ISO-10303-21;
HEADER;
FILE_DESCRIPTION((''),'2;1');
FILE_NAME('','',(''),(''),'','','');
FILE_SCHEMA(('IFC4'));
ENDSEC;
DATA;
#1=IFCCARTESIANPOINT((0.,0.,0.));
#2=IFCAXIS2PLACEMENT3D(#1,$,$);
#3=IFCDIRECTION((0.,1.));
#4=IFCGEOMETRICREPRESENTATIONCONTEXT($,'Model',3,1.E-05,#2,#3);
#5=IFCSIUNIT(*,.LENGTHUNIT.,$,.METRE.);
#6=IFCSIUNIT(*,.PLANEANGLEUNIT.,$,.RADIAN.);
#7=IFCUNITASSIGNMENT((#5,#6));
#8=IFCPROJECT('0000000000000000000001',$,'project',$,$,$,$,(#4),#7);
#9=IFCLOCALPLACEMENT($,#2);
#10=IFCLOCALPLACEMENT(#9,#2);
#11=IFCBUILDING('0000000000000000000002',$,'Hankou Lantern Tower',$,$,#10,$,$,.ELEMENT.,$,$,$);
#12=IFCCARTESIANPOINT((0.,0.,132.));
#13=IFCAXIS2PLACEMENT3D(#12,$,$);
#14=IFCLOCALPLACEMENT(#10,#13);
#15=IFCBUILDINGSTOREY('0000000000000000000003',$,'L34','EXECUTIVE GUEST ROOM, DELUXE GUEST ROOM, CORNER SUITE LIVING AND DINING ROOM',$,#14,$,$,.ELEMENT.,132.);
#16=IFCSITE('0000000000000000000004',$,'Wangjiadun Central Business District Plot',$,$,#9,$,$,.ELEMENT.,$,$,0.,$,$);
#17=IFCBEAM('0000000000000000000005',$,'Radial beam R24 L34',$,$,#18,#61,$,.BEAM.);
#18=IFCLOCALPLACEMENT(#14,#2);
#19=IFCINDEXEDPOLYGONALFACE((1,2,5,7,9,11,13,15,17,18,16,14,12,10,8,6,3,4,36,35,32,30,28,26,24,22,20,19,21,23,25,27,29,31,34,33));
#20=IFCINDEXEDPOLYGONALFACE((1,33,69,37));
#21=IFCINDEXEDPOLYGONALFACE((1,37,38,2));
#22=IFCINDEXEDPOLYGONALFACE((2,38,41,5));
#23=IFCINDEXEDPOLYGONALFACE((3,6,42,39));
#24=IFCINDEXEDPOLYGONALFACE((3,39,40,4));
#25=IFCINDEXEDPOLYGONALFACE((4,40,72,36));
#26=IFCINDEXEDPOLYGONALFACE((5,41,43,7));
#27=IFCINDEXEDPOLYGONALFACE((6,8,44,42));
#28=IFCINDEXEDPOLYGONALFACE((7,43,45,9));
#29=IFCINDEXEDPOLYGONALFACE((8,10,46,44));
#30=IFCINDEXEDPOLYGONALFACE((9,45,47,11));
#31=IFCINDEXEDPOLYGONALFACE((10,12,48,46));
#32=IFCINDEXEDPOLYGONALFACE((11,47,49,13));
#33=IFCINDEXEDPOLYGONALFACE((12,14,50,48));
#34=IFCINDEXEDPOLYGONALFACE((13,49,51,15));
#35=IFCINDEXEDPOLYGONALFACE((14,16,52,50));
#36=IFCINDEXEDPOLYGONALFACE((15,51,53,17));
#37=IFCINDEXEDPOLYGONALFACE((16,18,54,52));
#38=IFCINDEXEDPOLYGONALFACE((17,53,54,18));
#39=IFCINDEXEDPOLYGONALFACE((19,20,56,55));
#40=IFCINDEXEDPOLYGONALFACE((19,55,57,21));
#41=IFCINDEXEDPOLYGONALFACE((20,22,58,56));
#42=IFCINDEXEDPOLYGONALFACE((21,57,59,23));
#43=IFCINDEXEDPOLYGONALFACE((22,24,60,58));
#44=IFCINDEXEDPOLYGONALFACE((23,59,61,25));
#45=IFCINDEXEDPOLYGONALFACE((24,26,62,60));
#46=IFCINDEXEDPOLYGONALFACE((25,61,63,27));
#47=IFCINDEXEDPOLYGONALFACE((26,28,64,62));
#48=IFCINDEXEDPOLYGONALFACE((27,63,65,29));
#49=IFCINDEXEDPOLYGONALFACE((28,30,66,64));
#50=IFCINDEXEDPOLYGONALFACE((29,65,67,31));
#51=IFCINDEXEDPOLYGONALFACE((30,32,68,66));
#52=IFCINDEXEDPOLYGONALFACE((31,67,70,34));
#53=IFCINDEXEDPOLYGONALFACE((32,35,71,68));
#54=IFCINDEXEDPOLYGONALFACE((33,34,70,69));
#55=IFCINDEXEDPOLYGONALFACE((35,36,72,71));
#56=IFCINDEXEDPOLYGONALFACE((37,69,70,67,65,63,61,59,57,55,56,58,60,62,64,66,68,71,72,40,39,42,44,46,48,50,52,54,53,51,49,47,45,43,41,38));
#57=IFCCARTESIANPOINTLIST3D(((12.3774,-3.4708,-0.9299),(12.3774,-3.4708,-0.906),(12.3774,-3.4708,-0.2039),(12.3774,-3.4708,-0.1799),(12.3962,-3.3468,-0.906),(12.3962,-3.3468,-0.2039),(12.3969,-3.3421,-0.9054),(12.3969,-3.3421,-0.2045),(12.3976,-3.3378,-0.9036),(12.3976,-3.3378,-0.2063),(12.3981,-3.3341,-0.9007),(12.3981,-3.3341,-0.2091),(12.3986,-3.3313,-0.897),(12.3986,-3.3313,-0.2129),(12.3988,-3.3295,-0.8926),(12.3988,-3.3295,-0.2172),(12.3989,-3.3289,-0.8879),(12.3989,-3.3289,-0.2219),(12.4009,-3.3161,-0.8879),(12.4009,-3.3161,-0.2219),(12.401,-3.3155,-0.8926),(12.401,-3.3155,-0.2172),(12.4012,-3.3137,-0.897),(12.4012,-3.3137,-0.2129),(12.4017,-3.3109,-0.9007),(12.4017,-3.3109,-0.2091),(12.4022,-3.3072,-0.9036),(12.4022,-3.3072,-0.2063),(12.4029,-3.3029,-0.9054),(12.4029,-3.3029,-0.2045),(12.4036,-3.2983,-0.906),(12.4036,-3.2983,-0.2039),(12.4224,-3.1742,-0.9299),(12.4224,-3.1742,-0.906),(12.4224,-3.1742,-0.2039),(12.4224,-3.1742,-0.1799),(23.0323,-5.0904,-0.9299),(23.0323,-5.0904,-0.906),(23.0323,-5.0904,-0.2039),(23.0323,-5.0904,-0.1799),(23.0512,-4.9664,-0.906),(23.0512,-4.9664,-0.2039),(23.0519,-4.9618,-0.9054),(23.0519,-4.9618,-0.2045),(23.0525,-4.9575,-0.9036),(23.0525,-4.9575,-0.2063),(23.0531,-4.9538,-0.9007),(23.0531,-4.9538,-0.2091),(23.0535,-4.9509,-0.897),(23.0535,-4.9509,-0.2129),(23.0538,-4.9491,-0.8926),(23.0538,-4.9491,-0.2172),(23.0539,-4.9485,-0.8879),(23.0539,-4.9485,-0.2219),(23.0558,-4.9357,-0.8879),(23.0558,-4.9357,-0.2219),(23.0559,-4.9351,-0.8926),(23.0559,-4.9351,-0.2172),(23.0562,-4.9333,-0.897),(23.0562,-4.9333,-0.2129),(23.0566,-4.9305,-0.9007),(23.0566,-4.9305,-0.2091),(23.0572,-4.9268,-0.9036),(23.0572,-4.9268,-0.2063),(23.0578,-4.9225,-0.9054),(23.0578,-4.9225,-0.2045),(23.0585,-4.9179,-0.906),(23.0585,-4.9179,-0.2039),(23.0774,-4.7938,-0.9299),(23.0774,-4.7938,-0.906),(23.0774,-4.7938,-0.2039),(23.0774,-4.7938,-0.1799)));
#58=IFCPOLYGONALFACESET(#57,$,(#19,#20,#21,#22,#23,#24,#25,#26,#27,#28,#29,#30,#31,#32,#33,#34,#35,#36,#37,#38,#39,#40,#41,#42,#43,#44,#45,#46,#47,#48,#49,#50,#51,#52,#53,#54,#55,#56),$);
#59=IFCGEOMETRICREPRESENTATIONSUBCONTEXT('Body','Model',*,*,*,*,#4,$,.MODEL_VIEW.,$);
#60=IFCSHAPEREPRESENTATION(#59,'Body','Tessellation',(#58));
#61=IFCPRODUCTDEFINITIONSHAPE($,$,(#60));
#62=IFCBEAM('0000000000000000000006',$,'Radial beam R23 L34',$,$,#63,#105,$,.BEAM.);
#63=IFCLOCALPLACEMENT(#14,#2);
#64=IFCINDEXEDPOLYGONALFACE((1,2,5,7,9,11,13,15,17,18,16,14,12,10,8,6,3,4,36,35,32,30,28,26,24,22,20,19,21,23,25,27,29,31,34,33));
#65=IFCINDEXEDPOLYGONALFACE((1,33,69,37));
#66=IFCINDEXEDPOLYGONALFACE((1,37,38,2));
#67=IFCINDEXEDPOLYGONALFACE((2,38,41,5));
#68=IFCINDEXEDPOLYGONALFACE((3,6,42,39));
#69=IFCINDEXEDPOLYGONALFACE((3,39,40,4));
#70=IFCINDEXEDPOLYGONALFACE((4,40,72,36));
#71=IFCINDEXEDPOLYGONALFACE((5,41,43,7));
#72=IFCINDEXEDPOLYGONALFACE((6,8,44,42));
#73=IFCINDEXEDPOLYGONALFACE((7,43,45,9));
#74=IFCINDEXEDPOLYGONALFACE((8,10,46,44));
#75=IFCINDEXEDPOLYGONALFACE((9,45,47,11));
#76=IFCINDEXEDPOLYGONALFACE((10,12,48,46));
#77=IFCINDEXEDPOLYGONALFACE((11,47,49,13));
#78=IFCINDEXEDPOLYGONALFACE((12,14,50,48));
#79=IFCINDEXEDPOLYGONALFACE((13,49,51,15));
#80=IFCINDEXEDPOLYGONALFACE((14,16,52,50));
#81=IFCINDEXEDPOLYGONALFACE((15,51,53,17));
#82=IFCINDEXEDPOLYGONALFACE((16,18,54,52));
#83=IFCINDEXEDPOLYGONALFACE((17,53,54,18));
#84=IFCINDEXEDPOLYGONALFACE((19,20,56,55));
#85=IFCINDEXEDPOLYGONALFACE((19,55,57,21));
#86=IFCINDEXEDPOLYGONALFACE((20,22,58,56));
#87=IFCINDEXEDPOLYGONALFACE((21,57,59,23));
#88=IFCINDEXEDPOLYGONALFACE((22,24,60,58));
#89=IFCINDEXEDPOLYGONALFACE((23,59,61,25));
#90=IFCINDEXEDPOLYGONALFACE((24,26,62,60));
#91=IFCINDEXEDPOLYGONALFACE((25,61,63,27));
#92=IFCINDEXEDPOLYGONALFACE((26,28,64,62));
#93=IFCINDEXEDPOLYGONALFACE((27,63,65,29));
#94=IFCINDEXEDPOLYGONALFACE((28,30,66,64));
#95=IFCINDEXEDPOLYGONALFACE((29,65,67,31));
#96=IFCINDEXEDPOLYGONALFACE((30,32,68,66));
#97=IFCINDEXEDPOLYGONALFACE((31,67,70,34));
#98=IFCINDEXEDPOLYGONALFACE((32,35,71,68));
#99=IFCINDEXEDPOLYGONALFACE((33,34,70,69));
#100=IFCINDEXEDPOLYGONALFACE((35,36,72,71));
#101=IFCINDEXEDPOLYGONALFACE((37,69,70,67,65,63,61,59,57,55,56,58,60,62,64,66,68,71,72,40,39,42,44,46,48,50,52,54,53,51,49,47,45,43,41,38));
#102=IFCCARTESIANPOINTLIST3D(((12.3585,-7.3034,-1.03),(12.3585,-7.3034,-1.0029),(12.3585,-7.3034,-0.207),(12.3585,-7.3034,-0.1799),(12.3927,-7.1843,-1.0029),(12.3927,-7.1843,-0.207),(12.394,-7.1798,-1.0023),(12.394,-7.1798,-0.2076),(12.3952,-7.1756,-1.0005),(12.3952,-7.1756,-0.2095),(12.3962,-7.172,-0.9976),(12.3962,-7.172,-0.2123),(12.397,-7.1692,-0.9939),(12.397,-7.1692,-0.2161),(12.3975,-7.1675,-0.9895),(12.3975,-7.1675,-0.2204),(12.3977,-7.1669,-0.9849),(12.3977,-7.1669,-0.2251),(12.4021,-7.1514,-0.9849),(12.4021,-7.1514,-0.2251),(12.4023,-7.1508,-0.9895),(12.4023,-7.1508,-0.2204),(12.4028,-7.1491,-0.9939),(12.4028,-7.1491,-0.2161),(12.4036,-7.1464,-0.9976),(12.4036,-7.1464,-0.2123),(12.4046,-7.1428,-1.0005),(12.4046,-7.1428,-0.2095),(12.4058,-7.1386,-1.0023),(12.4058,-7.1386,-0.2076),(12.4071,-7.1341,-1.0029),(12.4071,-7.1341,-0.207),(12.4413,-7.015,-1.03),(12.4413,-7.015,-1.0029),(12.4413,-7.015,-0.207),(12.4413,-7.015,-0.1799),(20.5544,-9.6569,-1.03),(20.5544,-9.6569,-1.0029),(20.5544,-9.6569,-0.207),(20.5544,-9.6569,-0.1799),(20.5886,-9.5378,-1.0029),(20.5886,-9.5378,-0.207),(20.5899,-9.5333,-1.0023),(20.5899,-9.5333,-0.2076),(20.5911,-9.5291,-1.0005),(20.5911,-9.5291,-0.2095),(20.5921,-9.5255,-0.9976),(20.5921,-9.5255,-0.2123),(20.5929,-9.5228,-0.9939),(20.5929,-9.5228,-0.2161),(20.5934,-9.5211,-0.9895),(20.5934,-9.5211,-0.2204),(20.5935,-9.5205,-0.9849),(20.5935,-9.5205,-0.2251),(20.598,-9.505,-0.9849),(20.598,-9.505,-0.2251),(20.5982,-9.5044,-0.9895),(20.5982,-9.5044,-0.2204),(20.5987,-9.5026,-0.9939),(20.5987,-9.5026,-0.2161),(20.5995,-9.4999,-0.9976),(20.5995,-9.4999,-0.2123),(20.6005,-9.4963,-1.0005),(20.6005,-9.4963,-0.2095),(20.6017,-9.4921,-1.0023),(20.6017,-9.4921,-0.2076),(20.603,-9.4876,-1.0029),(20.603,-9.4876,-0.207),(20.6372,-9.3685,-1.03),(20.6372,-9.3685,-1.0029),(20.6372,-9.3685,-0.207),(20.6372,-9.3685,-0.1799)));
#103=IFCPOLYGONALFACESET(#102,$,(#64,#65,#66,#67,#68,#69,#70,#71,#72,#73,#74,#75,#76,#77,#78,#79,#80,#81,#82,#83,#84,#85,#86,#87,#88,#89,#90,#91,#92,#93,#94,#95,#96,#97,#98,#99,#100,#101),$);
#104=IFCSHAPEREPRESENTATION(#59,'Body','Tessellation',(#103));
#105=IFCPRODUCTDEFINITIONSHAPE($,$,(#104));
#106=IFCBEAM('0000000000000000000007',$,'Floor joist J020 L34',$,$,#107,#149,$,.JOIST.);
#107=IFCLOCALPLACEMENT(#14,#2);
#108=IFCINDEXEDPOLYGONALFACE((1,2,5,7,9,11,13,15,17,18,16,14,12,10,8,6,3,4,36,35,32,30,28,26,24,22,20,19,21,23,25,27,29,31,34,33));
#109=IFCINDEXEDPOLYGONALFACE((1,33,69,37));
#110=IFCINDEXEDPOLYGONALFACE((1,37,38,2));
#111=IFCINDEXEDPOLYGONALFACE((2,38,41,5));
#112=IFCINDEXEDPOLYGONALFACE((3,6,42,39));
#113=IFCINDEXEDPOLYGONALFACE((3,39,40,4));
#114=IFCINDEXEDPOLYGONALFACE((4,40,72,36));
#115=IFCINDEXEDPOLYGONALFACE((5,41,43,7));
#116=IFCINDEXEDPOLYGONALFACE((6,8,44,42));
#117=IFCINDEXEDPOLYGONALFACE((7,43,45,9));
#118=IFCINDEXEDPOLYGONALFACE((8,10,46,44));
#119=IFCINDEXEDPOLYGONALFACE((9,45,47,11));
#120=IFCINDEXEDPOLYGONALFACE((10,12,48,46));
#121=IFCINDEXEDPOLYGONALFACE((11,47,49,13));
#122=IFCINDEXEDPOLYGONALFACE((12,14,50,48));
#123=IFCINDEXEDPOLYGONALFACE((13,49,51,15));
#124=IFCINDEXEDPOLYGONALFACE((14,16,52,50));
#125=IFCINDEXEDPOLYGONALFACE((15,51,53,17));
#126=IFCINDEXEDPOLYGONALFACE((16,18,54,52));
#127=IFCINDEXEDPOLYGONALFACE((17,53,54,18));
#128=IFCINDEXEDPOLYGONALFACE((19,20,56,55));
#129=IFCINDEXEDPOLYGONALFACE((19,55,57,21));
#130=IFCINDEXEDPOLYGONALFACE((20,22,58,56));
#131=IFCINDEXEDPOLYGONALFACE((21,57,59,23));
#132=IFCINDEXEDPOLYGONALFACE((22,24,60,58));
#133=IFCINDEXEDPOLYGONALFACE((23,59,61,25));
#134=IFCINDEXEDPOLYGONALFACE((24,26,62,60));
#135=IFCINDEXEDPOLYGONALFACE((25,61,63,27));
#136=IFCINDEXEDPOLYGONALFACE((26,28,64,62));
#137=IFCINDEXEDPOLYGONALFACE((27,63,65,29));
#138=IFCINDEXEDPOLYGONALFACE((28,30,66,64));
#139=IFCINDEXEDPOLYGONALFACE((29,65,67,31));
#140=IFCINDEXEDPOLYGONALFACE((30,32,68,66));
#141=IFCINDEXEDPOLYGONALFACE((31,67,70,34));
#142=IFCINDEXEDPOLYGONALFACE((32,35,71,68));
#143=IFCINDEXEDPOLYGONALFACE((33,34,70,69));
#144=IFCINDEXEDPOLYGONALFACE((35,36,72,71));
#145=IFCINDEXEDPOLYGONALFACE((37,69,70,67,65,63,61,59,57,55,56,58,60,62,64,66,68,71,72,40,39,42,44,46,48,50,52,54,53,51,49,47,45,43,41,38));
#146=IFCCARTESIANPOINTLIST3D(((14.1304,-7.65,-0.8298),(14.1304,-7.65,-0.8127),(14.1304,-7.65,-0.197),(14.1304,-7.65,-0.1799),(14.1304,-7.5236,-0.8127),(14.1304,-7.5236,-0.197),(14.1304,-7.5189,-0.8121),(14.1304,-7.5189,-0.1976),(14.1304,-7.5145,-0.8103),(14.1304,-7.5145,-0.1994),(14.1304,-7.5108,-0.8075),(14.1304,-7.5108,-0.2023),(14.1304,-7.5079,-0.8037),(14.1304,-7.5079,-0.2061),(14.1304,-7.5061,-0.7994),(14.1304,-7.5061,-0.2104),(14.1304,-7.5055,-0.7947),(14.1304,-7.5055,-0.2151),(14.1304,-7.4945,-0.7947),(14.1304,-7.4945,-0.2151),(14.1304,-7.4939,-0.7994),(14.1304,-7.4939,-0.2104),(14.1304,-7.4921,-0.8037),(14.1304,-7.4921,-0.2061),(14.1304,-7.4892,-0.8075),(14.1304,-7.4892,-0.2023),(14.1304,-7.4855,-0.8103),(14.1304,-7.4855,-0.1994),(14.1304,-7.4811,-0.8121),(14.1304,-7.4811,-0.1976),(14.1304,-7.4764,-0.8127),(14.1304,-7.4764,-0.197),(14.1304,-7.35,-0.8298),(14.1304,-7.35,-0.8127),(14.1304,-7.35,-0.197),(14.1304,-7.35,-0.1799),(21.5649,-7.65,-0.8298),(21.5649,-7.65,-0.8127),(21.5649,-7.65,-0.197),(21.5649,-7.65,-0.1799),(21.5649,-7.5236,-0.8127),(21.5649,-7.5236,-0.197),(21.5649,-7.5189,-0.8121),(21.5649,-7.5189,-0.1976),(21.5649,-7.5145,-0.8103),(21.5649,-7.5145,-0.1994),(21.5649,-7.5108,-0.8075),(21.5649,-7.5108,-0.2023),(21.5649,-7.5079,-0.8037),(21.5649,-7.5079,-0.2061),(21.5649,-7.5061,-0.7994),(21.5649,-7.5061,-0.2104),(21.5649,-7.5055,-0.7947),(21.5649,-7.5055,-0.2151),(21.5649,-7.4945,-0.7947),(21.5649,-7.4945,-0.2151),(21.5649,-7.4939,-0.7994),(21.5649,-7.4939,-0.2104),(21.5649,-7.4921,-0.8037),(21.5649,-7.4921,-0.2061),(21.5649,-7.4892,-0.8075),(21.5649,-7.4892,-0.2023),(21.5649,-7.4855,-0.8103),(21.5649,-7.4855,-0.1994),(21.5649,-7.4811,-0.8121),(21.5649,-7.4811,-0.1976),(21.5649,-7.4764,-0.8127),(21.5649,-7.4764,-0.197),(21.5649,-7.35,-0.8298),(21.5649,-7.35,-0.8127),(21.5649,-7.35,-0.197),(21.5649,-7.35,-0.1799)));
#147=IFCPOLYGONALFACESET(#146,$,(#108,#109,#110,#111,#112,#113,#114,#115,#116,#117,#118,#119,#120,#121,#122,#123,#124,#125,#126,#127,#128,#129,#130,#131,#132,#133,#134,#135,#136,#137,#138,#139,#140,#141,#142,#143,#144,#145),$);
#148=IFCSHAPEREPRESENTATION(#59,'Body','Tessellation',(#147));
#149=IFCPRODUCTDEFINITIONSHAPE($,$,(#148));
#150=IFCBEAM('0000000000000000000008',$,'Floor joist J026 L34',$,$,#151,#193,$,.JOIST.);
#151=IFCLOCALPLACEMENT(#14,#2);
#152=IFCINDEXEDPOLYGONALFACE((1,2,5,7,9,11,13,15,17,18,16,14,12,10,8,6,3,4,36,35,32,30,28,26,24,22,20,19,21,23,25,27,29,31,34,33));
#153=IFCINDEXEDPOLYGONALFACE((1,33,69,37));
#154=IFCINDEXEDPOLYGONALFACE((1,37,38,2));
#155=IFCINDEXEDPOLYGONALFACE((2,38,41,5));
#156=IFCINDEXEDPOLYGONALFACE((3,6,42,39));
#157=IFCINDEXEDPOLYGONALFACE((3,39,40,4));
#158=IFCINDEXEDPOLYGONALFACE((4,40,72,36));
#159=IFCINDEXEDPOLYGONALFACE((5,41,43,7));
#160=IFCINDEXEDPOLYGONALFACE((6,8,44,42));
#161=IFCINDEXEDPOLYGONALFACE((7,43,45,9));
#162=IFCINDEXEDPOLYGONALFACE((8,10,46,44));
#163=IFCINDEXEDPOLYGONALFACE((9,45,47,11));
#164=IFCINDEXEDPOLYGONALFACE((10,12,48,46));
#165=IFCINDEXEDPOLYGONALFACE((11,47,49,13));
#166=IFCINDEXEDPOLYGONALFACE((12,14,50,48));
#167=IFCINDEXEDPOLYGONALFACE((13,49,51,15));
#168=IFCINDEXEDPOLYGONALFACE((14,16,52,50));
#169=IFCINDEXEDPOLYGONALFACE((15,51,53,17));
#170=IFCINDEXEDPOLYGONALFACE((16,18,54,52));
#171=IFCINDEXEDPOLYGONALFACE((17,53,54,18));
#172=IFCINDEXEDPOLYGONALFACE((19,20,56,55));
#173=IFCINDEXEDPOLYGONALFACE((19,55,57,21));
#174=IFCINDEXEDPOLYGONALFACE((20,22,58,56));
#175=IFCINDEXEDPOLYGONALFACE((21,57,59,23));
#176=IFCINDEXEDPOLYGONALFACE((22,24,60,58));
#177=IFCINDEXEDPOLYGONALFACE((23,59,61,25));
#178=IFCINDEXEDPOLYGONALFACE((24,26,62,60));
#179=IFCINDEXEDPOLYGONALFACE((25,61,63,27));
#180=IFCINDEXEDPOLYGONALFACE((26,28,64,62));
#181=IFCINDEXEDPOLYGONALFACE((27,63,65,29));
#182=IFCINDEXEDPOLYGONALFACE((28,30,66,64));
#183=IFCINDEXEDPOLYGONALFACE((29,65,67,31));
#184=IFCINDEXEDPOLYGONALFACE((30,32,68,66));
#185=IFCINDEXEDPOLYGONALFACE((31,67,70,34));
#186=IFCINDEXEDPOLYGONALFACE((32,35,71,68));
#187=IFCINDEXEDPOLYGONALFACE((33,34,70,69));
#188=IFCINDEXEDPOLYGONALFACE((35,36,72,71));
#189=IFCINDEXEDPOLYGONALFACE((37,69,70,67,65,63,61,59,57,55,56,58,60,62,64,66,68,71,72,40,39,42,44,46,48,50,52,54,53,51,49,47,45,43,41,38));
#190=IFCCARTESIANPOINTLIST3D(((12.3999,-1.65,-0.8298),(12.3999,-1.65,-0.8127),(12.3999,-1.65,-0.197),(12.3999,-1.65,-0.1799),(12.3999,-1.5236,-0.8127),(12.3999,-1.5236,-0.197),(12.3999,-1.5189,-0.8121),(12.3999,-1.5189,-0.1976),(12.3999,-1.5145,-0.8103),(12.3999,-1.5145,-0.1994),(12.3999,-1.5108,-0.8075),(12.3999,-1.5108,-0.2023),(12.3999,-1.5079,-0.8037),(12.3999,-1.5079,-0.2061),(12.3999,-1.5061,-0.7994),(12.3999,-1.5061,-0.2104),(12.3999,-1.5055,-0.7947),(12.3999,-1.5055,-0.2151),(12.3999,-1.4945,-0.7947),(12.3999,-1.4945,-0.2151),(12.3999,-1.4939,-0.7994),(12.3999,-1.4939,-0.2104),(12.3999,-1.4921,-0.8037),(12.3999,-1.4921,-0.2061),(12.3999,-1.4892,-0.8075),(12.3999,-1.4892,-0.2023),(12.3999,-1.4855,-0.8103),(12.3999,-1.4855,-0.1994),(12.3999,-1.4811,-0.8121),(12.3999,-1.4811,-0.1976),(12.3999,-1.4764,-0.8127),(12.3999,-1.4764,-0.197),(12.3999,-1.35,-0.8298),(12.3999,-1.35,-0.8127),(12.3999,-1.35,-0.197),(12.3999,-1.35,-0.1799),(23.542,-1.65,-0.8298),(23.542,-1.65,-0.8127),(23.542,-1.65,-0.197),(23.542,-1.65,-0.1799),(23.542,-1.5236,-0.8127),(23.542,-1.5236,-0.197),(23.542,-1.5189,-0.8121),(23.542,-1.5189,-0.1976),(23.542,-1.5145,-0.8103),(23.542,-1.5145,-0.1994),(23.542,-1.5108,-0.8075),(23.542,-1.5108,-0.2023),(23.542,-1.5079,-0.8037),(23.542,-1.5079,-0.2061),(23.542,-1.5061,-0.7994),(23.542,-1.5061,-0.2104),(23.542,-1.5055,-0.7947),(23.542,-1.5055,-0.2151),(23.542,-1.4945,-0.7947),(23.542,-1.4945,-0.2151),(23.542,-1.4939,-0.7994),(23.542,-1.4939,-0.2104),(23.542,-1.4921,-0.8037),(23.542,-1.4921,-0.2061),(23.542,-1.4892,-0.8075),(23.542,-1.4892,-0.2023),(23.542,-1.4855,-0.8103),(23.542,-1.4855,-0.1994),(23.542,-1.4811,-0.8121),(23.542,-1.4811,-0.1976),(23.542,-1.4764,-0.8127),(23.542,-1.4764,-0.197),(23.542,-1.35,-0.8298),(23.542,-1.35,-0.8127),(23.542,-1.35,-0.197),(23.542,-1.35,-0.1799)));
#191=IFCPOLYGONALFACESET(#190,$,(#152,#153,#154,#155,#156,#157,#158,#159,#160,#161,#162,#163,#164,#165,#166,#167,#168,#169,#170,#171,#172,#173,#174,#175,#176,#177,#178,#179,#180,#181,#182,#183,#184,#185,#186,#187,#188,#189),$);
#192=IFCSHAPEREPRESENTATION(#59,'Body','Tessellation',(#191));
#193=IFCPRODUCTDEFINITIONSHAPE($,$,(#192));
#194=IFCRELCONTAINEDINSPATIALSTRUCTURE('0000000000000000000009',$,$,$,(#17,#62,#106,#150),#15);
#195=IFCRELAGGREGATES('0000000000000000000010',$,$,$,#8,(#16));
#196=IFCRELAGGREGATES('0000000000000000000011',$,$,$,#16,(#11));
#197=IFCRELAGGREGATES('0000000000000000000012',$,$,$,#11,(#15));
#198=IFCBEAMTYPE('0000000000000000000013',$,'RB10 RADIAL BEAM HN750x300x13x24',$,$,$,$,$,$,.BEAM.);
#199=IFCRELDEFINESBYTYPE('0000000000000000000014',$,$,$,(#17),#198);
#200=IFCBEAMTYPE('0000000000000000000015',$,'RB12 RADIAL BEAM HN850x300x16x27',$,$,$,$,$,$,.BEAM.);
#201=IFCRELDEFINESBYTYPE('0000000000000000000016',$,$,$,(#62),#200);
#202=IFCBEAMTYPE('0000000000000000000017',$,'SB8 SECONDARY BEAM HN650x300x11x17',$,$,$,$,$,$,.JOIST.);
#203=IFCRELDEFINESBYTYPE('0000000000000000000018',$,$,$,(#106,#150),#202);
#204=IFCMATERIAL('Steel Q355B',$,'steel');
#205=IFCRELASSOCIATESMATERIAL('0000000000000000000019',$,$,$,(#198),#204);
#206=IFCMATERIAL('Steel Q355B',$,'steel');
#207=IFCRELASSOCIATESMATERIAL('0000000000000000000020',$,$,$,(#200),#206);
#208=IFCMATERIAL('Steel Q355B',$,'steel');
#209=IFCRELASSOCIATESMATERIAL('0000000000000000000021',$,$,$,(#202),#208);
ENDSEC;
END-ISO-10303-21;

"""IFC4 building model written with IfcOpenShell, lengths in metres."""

from ifc_helpers import new_model, si_unit, direction, frame, origin, origin_2d, place, context, subcontext, project, spatial, i_section, extrude, material, material_profile, profile_set, type_object, element, save


model = new_model("IFC4")

# Units and contexts
model_context = context("Model", 3, precision=1e-05, world=origin(), true_north=direction((0.0, 1.0)))
body_context = subcontext(model_context, "Body", "Model", "MODEL_VIEW")
ifc_project = project(units=[si_unit("LENGTHUNIT", "METRE"), si_unit("PLANEANGLEUNIT", "RADIAN")], contexts=[model_context])

# Site, building, storey
site_placement = place(None, origin())
site = spatial("IfcSite", under=ifc_project, at=site_placement, Name="Wangjiadun Central Business District Plot", CompositionType="ELEMENT", RefElevation=0.0)
building_placement = place(site_placement, origin())
building = spatial("IfcBuilding", under=site, at=building_placement, Name="Hankou Lantern Tower", CompositionType="ELEMENT")
storey_placement = place(building_placement, frame((0.0, 0.0, 132.0)))
storey = spatial("IfcBuildingStorey", under=building, at=storey_placement, Name="L34", Description="EXECUTIVE GUEST ROOM, DELUXE GUEST ROOM, CORNER SUITE LIVING AND DINING ROOM", CompositionType="ELEMENT", Elevation=132.0)

# Beams
ifc_material_1 = material(Name="Steel Q355B", Category="steel")
ifc_material_profile_1 = material_profile(ifc_material_1, i_section(OverallWidth=0.3, OverallDepth=0.75, WebThickness=0.0129, FlangeThickness=0.0239, FilletRadius=0.0181, at=origin_2d()), Name="HN750x300x13x24")
ifc_profile_set_1 = profile_set([ifc_material_profile_1], Name="Steel Q355B")
beam_type_1 = type_object("IfcBeamType", Name="RB10 RADIAL BEAM HN750x300x13x24", PredefinedType="BEAM", material=ifc_profile_set_1)
beam_1_placement = place(storey_placement, frame((12.3999, -3.3225, -0.5549), z_axis=(0.988644, -0.15028, 0.0), x_axis=(0.15028, 0.988644, 0.0)))
element("IfcBeam", 1, at=beam_1_placement, inside=storey, type_object=beam_type_1, Name="Radial beam R24 L34", PredefinedType="BEAM", context=body_context, shape_type="SweptSolid", body=[
    extrude(i_section(OverallWidth=0.3, OverallDepth=0.75, WebThickness=0.0129, FlangeThickness=0.0239, FilletRadius=0.0181, at=origin_2d()), origin(), (0.0, 0.0, 1.0), 10.7773),
])
ifc_material_2 = material(Name="Steel Q355B", Category="steel")
ifc_material_profile_2 = material_profile(ifc_material_2, i_section(OverallWidth=0.3, OverallDepth=0.8501, WebThickness=0.0161, FlangeThickness=0.0271, FilletRadius=0.0181, at=origin_2d()), Name="HN850x300x16x27")
ifc_profile_set_2 = profile_set([ifc_material_profile_2], Name="Steel Q355B")
beam_type_2 = type_object("IfcBeamType", Name="RB12 RADIAL BEAM HN850x300x16x27", PredefinedType="BEAM", material=ifc_profile_set_2)
beam_2_placement = place(storey_placement, frame((12.3999, -7.1592, -0.605), z_axis=(0.961156, -0.276007, 0.0), x_axis=(0.276007, 0.961156, 0.0)))
element("IfcBeam", 2, at=beam_2_placement, inside=storey, type_object=beam_type_2, Name="Radial beam R23 L34", PredefinedType="BEAM", context=body_context, shape_type="SweptSolid", body=[
    extrude(i_section(OverallWidth=0.3, OverallDepth=0.8501, WebThickness=0.0161, FlangeThickness=0.0271, FilletRadius=0.0181, at=origin_2d()), origin(), (0.0, 0.0, 1.0), 8.5271),
])
ifc_material_3 = material(Name="Steel Q355B", Category="steel")
ifc_material_profile_3 = material_profile(ifc_material_3, i_section(OverallWidth=0.3, OverallDepth=0.6499, WebThickness=0.011, FlangeThickness=0.0171, FilletRadius=0.0181, at=origin_2d()), Name="HN650x300x11x17")
ifc_profile_set_3 = profile_set([ifc_material_profile_3], Name="Steel Q355B")
beam_type_3 = type_object("IfcBeamType", Name="SB8 SECONDARY BEAM HN650x300x11x17", PredefinedType="JOIST", material=ifc_profile_set_3)
beam_3_placement = place(storey_placement, frame((14.1304, -7.5, -0.5049), z_axis=(1.0, 0.0, 0.0), x_axis=(0.0, 1.0, 0.0)))
element("IfcBeam", 3, at=beam_3_placement, inside=storey, type_object=beam_type_3, Name="Floor joist J020 L34", PredefinedType="JOIST", context=body_context, shape_type="SweptSolid", body=[
    extrude(i_section(OverallWidth=0.3, OverallDepth=0.6499, WebThickness=0.011, FlangeThickness=0.0171, FilletRadius=0.0181, at=origin_2d()), origin(), (0.0, 0.0, 1.0), 7.4346),
])
beam_4_placement = place(storey_placement, frame((12.3999, -1.5, -0.5049), z_axis=(1.0, 0.0, 0.0), x_axis=(0.0, 1.0, 0.0)))
element("IfcBeam", 4, at=beam_4_placement, inside=storey, type_object=beam_type_3, Name="Floor joist J026 L34", PredefinedType="JOIST", context=body_context, shape_type="SweptSolid", body=[
    extrude(i_section(OverallWidth=0.3, OverallDepth=0.6499, WebThickness=0.011, FlangeThickness=0.0171, FilletRadius=0.0181, at=origin_2d()), origin(), (0.0, 0.0, 1.0), 11.1421),
])

save(model, "model.ifc")
